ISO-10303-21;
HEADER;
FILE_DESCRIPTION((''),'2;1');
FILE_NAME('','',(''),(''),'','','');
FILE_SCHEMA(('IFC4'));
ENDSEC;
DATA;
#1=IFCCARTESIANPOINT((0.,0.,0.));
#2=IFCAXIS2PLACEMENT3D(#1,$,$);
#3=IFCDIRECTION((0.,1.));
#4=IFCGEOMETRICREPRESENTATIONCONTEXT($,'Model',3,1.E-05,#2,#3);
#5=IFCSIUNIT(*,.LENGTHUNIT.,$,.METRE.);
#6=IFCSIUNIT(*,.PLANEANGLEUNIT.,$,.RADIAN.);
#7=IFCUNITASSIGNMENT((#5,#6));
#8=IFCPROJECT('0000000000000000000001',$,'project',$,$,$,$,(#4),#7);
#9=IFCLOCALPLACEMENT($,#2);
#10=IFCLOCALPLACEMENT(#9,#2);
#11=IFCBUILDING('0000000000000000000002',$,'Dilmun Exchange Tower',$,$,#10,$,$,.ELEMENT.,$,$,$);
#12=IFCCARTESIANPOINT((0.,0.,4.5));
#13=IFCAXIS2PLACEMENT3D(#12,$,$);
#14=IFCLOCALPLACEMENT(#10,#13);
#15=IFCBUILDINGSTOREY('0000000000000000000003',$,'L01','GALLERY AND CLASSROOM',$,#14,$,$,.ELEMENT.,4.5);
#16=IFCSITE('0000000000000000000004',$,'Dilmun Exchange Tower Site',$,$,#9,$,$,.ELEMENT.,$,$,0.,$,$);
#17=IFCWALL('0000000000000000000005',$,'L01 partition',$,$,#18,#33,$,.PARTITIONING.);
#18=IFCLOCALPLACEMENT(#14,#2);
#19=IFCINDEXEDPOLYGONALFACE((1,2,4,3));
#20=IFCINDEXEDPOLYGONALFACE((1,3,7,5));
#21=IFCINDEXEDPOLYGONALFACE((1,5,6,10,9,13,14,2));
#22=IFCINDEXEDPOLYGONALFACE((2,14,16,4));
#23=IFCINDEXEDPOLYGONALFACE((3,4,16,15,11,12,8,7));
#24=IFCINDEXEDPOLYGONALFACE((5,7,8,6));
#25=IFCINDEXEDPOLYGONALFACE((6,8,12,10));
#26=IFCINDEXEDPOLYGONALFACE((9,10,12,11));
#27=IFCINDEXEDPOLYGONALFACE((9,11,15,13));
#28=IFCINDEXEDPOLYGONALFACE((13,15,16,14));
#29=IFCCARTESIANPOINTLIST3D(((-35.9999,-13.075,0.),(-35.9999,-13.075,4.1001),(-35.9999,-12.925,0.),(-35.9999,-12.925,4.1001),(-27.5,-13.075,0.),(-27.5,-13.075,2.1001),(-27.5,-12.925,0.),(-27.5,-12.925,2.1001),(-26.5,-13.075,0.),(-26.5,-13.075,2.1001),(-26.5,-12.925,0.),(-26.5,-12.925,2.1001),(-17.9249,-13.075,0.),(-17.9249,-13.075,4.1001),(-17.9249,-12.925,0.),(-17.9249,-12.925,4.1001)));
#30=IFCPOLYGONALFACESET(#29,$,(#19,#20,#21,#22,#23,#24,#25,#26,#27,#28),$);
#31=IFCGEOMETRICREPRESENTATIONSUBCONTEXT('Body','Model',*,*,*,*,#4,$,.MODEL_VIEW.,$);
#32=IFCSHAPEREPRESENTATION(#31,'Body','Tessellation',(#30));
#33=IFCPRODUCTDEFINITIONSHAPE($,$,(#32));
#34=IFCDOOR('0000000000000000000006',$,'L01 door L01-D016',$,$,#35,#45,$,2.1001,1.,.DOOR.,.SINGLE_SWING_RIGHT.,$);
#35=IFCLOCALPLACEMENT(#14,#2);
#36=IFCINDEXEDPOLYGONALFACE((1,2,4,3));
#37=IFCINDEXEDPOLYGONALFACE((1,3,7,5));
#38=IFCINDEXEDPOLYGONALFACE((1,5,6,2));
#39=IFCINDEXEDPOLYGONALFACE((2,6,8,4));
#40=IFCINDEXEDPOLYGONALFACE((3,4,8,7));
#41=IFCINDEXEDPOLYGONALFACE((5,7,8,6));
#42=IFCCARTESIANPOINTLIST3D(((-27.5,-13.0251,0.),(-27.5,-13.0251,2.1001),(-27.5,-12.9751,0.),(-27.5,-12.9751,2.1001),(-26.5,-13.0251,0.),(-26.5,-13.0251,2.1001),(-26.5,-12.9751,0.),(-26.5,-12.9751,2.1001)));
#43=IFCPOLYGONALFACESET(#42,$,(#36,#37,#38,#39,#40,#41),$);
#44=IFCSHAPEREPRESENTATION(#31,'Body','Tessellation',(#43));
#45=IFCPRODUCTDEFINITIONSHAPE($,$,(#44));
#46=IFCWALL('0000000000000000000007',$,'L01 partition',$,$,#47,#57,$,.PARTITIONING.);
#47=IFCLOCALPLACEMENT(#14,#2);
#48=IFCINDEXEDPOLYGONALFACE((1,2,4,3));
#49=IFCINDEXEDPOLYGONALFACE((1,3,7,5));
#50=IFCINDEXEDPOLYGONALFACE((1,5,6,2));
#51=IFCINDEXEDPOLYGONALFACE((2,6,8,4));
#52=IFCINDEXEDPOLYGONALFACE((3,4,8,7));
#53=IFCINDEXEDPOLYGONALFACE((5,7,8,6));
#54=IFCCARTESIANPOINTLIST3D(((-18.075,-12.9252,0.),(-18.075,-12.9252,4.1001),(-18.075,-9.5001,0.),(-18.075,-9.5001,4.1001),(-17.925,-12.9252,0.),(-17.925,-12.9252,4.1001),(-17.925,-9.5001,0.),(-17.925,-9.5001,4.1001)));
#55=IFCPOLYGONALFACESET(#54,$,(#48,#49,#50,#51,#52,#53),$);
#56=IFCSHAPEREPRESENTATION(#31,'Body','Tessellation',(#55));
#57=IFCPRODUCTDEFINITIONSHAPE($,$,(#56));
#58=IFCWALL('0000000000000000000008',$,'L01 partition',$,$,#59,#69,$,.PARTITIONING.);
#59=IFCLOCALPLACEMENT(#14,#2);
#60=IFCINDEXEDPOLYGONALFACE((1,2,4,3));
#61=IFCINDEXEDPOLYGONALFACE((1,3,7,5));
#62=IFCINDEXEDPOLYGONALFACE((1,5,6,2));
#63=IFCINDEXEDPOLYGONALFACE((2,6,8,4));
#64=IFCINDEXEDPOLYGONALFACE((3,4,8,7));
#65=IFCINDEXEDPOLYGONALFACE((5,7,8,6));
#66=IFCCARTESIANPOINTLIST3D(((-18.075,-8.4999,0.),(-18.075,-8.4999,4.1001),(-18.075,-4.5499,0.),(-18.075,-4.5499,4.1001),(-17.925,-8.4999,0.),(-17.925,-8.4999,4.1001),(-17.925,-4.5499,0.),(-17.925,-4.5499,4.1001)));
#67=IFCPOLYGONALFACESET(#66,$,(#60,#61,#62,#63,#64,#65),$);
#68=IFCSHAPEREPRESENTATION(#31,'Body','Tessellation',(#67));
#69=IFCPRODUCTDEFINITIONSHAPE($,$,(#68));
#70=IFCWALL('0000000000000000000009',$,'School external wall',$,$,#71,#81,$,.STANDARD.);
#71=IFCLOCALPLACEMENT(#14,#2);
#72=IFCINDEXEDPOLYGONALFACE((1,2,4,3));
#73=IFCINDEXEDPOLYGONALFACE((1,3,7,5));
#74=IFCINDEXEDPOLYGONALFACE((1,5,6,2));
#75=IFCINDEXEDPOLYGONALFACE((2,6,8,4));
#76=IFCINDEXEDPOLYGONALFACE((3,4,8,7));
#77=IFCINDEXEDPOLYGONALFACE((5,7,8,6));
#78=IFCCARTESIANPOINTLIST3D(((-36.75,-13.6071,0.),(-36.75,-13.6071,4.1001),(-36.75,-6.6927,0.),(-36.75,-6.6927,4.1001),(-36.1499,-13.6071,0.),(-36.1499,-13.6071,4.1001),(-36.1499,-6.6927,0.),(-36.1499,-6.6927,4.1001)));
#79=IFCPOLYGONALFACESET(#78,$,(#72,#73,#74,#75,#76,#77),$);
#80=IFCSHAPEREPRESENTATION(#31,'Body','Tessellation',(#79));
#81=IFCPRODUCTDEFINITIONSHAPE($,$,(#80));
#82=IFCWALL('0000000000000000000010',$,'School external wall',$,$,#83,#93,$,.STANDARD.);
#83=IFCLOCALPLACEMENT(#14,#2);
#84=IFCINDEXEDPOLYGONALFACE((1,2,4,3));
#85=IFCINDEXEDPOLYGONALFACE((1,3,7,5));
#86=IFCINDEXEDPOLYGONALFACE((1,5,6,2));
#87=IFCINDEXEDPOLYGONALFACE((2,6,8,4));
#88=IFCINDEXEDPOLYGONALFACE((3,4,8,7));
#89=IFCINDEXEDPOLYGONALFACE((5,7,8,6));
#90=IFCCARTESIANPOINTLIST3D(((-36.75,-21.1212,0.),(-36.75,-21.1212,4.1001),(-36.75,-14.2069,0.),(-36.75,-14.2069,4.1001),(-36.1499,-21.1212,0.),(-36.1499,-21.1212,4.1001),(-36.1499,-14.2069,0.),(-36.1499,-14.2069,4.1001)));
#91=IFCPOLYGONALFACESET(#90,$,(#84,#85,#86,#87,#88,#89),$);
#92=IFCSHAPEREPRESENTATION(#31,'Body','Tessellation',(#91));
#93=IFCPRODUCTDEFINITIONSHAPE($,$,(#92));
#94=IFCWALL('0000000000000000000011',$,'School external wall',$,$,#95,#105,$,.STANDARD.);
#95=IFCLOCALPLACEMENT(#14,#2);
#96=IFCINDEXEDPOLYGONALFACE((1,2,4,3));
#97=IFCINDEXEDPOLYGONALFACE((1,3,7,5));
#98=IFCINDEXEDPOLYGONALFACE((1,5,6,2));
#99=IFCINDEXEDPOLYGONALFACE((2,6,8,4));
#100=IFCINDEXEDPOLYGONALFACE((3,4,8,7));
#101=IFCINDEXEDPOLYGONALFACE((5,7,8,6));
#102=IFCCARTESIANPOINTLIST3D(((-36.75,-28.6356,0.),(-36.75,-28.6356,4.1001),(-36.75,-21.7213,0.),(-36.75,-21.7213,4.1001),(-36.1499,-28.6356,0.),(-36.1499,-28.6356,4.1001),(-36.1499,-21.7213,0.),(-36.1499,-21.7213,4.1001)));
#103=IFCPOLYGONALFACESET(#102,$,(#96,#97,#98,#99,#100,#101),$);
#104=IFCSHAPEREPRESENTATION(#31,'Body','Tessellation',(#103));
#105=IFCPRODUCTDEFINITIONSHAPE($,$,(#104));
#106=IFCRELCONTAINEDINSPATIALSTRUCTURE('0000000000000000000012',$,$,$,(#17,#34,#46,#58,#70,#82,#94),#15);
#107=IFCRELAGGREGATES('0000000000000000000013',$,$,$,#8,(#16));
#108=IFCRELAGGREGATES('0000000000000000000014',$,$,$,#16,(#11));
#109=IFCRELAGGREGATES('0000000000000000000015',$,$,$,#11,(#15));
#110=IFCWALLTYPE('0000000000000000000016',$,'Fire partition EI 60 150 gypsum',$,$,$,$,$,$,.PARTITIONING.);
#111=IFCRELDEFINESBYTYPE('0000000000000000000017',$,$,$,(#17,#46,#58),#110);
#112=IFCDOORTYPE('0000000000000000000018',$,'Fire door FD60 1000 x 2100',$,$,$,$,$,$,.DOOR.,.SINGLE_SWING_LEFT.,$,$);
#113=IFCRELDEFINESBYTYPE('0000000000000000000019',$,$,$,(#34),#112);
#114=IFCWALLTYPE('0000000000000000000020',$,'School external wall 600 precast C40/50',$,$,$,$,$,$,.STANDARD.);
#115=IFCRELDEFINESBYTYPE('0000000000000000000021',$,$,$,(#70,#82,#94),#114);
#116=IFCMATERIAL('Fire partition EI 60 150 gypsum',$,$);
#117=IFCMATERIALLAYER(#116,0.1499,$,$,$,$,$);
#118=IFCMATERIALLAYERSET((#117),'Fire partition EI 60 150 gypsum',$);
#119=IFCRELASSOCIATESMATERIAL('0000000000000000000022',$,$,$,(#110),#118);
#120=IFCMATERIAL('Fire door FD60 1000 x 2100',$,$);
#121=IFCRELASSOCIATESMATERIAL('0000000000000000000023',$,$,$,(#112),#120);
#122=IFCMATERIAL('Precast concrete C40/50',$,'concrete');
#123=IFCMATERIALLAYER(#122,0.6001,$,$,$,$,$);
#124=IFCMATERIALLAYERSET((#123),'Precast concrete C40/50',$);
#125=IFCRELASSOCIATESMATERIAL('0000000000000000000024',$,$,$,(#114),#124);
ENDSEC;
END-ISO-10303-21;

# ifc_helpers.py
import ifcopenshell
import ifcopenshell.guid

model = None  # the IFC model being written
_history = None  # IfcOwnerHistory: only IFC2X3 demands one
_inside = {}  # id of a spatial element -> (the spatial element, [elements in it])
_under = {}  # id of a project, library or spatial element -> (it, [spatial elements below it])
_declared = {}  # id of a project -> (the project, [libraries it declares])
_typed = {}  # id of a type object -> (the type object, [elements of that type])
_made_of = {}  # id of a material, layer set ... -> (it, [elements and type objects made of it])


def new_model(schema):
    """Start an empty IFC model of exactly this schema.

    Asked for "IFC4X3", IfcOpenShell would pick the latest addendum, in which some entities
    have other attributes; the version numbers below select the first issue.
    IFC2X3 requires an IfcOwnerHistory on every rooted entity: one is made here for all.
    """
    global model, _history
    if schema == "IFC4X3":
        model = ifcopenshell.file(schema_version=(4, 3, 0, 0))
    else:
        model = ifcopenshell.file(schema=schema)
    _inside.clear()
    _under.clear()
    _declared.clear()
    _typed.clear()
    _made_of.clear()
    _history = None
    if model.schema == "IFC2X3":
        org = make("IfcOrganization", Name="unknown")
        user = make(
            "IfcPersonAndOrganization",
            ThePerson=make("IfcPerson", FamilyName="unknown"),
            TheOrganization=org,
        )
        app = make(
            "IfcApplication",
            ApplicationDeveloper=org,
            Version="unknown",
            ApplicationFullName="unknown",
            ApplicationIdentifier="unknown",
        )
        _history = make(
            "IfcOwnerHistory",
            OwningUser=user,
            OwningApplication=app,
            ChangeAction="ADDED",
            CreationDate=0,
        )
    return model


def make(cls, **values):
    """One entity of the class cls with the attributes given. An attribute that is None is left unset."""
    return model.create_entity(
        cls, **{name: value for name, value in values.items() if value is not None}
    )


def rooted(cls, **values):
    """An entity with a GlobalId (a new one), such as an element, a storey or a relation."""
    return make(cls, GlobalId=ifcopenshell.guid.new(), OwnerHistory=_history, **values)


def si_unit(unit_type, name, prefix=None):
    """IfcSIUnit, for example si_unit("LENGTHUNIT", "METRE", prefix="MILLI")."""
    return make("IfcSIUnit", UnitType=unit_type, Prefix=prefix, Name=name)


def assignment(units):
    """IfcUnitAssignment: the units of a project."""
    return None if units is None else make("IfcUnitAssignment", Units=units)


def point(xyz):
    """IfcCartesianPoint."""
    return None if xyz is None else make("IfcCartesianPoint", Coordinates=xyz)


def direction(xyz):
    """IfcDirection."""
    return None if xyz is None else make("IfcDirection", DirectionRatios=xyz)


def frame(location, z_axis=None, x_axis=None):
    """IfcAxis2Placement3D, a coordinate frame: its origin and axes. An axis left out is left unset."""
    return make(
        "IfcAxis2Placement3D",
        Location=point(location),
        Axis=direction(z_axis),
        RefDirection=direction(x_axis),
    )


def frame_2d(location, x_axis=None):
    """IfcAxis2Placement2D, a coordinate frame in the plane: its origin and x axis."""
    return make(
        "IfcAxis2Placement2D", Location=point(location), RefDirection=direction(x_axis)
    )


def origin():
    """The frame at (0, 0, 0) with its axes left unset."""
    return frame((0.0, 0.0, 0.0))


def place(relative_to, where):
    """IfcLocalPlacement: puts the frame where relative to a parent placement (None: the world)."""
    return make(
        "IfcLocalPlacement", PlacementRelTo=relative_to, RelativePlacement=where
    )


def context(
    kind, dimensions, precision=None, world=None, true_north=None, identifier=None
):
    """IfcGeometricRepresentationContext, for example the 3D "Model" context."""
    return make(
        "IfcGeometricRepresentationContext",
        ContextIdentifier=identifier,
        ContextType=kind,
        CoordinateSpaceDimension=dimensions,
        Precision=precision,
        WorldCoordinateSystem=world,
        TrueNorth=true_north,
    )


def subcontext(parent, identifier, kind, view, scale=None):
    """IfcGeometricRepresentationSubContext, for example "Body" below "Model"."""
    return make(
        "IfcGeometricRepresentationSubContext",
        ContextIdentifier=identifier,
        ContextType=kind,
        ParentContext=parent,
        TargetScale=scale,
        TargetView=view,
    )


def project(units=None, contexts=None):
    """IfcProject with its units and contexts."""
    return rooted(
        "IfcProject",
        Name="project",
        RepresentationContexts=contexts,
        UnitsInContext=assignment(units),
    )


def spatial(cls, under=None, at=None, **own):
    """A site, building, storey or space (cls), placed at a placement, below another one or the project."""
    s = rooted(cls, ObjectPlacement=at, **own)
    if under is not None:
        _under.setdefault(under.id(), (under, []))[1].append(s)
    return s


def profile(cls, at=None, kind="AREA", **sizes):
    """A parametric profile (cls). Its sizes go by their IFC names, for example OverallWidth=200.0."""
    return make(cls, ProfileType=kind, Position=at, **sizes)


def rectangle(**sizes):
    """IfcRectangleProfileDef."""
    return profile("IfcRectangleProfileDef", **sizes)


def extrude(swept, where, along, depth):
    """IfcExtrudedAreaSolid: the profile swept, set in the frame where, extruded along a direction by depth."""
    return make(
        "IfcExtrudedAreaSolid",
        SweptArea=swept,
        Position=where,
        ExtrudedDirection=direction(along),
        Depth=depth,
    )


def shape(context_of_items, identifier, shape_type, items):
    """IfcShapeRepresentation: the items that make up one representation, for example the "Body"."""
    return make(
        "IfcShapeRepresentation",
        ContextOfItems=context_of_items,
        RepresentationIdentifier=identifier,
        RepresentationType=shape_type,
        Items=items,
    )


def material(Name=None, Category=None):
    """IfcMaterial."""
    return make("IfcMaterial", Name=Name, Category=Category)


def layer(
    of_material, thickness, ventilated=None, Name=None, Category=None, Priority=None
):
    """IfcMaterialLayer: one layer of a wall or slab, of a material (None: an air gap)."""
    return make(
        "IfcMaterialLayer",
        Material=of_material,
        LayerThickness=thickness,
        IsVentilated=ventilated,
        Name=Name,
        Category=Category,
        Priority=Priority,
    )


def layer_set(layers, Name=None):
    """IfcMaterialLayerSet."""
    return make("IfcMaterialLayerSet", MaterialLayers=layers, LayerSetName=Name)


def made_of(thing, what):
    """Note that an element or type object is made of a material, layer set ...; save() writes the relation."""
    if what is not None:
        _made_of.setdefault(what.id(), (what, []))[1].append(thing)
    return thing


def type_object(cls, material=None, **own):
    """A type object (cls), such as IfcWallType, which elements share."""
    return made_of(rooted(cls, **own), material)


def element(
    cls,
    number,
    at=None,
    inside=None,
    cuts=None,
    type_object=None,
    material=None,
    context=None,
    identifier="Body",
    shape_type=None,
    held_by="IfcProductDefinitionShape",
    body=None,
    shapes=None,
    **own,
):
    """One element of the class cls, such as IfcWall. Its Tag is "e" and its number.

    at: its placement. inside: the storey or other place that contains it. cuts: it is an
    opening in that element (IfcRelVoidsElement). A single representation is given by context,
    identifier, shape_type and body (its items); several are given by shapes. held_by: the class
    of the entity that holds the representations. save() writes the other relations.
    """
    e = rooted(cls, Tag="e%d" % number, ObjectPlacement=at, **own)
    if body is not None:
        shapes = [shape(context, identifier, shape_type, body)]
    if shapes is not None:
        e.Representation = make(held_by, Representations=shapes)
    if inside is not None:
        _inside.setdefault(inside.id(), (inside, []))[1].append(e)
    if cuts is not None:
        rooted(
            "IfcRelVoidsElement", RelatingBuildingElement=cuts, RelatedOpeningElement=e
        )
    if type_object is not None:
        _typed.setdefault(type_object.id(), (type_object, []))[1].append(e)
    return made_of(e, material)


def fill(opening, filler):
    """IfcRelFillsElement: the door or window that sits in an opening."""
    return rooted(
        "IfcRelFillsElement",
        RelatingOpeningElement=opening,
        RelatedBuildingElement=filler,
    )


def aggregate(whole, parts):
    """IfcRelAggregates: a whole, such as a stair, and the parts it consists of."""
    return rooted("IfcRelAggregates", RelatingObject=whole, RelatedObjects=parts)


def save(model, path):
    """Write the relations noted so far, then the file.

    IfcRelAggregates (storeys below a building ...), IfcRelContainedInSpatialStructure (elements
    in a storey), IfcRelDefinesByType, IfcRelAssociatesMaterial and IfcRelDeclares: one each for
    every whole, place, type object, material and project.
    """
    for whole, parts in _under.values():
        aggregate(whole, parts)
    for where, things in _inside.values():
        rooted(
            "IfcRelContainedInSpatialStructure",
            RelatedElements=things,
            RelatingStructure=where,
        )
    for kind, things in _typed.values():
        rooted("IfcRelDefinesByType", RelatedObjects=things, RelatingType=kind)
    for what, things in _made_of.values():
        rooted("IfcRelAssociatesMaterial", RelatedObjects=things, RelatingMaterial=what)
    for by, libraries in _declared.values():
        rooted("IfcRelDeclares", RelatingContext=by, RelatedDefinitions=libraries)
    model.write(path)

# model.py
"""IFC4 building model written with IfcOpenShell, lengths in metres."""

from ifc_helpers import new_model, si_unit, direction, frame, frame_2d, origin, place, context, subcontext, project, spatial, rectangle, extrude, material, layer, layer_set, type_object, element, fill, save


model = new_model("IFC4")

# Units and contexts
model_context = context("Model", 3, precision=1e-05, world=origin(), true_north=direction((0.0, 1.0)))
body_context = subcontext(model_context, "Body", "Model", "MODEL_VIEW")
ifc_project = project(units=[si_unit("LENGTHUNIT", "METRE"), si_unit("PLANEANGLEUNIT", "RADIAN")], contexts=[model_context])

# Site, building, storey
site_placement = place(None, origin())
site = spatial("IfcSite", under=ifc_project, at=site_placement, Name="Dilmun Exchange Tower Site", CompositionType="ELEMENT", RefElevation=0.0)
building_placement = place(site_placement, origin())
building = spatial("IfcBuilding", under=site, at=building_placement, Name="Dilmun Exchange Tower", CompositionType="ELEMENT")
storey_placement = place(building_placement, frame((0.0, 0.0, 4.5)))
storey = spatial("IfcBuildingStorey", under=building, at=storey_placement, Name="L01", Description="GALLERY AND CLASSROOM", CompositionType="ELEMENT", Elevation=4.5)

# Shared definitions
ifc_material_1 = material(Name="Fire partition EI 60 150 gypsum")
ifc_layer_1 = layer(ifc_material_1, 0.1499)
ifc_layer_set_1 = layer_set([ifc_layer_1], Name="Fire partition EI 60 150 gypsum")
wall_type_1 = type_object("IfcWallType", Name="Fire partition EI 60 150 gypsum", PredefinedType="PARTITIONING", material=ifc_layer_set_1)

# Shared definitions
ifc_material_2 = material(Name="Fire door FD60 1000 x 2100")
door_type = type_object("IfcDoorType", Name="Fire door FD60 1000 x 2100", OperationType="SINGLE_SWING_LEFT", PredefinedType="DOOR", material=ifc_material_2)

# Wall, opening, door
wall_1_placement = place(storey_placement, frame((-36.0, -13.0, 0.0), z_axis=(0.0, 0.0, 1.0), x_axis=(1.0, 0.0, 0.0)))
wall_1 = element("IfcWall", 1, at=wall_1_placement, inside=storey, type_object=wall_type_1, Name="L01 partition", PredefinedType="PARTITIONING", context=body_context, shape_type="SweptSolid", body=[
    extrude(rectangle(XDim=18.075, YDim=0.1499, at=frame_2d((9.0376, 0.0))), origin(), (0.0, 0.0, 1.0), 4.1001),
])
opening_1_placement = place(wall_1_placement, frame((8.5, 0.0, 0.0)))
opening_1 = element("IfcOpeningElement", 2, at=opening_1_placement, cuts=wall_1, PredefinedType="OPENING", context=body_context, shape_type="SweptSolid", body=[
    extrude(rectangle(XDim=1.0, YDim=2.1001, at=frame_2d((0.5, 1.05))), frame((0.0, 0.085, 0.0), z_axis=(0.0, -1.0, 0.0), x_axis=(1.0, 0.0, 0.0)), (0.0, 0.0, 1.0), 0.1699),
])
door_1_placement = place(opening_1_placement, origin())
door_1 = element("IfcDoor", 3, at=door_1_placement, inside=storey, type_object=door_type, Name="L01 door L01-D016", OperationType="SINGLE_SWING_RIGHT", OverallHeight=2.1001, OverallWidth=1.0, PredefinedType="DOOR", context=body_context, shape_type="SweptSolid", body=[
    extrude(rectangle(XDim=1.0, YDim=2.1001, at=frame_2d((0.5, 1.05))), frame((0.0, 0.0249, 0.0), z_axis=(0.0, -1.0, 0.0), x_axis=(1.0, 0.0, 0.0)), (0.0, 0.0, 1.0), 0.05),
])
fill(opening_1, door_1)

# Walls
wall_2_placement = place(storey_placement, frame((-18.0, -12.925, 0.0), z_axis=(0.0, 0.0, 1.0), x_axis=(0.0, 1.0, 0.0)))
element("IfcWall", 4, at=wall_2_placement, inside=storey, type_object=wall_type_1, Name="L01 partition", PredefinedType="PARTITIONING", context=body_context, shape_type="SweptSolid", body=[
    extrude(rectangle(XDim=3.425, YDim=0.1499, at=frame_2d((1.7124, 0.0))), origin(), (0.0, 0.0, 1.0), 4.1001),
])
wall_3_placement = place(storey_placement, frame((-18.0, -8.5, 0.0), z_axis=(0.0, 0.0, 1.0), x_axis=(0.0, 1.0, 0.0)))
element("IfcWall", 5, at=wall_3_placement, inside=storey, type_object=wall_type_1, Name="L01 partition", PredefinedType="PARTITIONING", context=body_context, shape_type="SweptSolid", body=[
    extrude(rectangle(XDim=3.95, YDim=0.1499, at=frame_2d((1.9751, 0.0))), origin(), (0.0, 0.0, 1.0), 4.1001),
])
ifc_material_3 = material(Name="Precast concrete C40/50", Category="concrete")
ifc_layer_2 = layer(ifc_material_3, 0.6001)
ifc_layer_set_2 = layer_set([ifc_layer_2], Name="Precast concrete C40/50")
wall_type_2 = type_object("IfcWallType", Name="School external wall 600 precast C40/50", PredefinedType="STANDARD", material=ifc_layer_set_2)
for number, where, z_axis, x_axis, name in (
    (6, (-36.45, -6.6929, 0.0), (0.0, 0.0, 1.0), (0.0, -1.0, 0.0), "School external wall"),
    (7, (-36.45, -14.207, 0.0), (0.0, 0.0, 1.0), (0.0, -1.0, 0.0), "School external wall"),
    (8, (-36.45, -21.7214, 0.0), (0.0, 0.0, 1.0), (0.0, -1.0, 0.0), "School external wall"),
):
    element("IfcWall", number, at=place(storey_placement, frame(where, z_axis=z_axis, x_axis=x_axis)), inside=storey, type_object=wall_type_2, Name=name, PredefinedType="STANDARD", context=body_context, shape_type="SweptSolid", body=[
        extrude(rectangle(XDim=6.9143, YDim=0.6001, at=frame_2d((3.457, 0.0))), origin(), (0.0, 0.0, 1.0), 4.1001),
    ])

save(model, "model.ifc")
